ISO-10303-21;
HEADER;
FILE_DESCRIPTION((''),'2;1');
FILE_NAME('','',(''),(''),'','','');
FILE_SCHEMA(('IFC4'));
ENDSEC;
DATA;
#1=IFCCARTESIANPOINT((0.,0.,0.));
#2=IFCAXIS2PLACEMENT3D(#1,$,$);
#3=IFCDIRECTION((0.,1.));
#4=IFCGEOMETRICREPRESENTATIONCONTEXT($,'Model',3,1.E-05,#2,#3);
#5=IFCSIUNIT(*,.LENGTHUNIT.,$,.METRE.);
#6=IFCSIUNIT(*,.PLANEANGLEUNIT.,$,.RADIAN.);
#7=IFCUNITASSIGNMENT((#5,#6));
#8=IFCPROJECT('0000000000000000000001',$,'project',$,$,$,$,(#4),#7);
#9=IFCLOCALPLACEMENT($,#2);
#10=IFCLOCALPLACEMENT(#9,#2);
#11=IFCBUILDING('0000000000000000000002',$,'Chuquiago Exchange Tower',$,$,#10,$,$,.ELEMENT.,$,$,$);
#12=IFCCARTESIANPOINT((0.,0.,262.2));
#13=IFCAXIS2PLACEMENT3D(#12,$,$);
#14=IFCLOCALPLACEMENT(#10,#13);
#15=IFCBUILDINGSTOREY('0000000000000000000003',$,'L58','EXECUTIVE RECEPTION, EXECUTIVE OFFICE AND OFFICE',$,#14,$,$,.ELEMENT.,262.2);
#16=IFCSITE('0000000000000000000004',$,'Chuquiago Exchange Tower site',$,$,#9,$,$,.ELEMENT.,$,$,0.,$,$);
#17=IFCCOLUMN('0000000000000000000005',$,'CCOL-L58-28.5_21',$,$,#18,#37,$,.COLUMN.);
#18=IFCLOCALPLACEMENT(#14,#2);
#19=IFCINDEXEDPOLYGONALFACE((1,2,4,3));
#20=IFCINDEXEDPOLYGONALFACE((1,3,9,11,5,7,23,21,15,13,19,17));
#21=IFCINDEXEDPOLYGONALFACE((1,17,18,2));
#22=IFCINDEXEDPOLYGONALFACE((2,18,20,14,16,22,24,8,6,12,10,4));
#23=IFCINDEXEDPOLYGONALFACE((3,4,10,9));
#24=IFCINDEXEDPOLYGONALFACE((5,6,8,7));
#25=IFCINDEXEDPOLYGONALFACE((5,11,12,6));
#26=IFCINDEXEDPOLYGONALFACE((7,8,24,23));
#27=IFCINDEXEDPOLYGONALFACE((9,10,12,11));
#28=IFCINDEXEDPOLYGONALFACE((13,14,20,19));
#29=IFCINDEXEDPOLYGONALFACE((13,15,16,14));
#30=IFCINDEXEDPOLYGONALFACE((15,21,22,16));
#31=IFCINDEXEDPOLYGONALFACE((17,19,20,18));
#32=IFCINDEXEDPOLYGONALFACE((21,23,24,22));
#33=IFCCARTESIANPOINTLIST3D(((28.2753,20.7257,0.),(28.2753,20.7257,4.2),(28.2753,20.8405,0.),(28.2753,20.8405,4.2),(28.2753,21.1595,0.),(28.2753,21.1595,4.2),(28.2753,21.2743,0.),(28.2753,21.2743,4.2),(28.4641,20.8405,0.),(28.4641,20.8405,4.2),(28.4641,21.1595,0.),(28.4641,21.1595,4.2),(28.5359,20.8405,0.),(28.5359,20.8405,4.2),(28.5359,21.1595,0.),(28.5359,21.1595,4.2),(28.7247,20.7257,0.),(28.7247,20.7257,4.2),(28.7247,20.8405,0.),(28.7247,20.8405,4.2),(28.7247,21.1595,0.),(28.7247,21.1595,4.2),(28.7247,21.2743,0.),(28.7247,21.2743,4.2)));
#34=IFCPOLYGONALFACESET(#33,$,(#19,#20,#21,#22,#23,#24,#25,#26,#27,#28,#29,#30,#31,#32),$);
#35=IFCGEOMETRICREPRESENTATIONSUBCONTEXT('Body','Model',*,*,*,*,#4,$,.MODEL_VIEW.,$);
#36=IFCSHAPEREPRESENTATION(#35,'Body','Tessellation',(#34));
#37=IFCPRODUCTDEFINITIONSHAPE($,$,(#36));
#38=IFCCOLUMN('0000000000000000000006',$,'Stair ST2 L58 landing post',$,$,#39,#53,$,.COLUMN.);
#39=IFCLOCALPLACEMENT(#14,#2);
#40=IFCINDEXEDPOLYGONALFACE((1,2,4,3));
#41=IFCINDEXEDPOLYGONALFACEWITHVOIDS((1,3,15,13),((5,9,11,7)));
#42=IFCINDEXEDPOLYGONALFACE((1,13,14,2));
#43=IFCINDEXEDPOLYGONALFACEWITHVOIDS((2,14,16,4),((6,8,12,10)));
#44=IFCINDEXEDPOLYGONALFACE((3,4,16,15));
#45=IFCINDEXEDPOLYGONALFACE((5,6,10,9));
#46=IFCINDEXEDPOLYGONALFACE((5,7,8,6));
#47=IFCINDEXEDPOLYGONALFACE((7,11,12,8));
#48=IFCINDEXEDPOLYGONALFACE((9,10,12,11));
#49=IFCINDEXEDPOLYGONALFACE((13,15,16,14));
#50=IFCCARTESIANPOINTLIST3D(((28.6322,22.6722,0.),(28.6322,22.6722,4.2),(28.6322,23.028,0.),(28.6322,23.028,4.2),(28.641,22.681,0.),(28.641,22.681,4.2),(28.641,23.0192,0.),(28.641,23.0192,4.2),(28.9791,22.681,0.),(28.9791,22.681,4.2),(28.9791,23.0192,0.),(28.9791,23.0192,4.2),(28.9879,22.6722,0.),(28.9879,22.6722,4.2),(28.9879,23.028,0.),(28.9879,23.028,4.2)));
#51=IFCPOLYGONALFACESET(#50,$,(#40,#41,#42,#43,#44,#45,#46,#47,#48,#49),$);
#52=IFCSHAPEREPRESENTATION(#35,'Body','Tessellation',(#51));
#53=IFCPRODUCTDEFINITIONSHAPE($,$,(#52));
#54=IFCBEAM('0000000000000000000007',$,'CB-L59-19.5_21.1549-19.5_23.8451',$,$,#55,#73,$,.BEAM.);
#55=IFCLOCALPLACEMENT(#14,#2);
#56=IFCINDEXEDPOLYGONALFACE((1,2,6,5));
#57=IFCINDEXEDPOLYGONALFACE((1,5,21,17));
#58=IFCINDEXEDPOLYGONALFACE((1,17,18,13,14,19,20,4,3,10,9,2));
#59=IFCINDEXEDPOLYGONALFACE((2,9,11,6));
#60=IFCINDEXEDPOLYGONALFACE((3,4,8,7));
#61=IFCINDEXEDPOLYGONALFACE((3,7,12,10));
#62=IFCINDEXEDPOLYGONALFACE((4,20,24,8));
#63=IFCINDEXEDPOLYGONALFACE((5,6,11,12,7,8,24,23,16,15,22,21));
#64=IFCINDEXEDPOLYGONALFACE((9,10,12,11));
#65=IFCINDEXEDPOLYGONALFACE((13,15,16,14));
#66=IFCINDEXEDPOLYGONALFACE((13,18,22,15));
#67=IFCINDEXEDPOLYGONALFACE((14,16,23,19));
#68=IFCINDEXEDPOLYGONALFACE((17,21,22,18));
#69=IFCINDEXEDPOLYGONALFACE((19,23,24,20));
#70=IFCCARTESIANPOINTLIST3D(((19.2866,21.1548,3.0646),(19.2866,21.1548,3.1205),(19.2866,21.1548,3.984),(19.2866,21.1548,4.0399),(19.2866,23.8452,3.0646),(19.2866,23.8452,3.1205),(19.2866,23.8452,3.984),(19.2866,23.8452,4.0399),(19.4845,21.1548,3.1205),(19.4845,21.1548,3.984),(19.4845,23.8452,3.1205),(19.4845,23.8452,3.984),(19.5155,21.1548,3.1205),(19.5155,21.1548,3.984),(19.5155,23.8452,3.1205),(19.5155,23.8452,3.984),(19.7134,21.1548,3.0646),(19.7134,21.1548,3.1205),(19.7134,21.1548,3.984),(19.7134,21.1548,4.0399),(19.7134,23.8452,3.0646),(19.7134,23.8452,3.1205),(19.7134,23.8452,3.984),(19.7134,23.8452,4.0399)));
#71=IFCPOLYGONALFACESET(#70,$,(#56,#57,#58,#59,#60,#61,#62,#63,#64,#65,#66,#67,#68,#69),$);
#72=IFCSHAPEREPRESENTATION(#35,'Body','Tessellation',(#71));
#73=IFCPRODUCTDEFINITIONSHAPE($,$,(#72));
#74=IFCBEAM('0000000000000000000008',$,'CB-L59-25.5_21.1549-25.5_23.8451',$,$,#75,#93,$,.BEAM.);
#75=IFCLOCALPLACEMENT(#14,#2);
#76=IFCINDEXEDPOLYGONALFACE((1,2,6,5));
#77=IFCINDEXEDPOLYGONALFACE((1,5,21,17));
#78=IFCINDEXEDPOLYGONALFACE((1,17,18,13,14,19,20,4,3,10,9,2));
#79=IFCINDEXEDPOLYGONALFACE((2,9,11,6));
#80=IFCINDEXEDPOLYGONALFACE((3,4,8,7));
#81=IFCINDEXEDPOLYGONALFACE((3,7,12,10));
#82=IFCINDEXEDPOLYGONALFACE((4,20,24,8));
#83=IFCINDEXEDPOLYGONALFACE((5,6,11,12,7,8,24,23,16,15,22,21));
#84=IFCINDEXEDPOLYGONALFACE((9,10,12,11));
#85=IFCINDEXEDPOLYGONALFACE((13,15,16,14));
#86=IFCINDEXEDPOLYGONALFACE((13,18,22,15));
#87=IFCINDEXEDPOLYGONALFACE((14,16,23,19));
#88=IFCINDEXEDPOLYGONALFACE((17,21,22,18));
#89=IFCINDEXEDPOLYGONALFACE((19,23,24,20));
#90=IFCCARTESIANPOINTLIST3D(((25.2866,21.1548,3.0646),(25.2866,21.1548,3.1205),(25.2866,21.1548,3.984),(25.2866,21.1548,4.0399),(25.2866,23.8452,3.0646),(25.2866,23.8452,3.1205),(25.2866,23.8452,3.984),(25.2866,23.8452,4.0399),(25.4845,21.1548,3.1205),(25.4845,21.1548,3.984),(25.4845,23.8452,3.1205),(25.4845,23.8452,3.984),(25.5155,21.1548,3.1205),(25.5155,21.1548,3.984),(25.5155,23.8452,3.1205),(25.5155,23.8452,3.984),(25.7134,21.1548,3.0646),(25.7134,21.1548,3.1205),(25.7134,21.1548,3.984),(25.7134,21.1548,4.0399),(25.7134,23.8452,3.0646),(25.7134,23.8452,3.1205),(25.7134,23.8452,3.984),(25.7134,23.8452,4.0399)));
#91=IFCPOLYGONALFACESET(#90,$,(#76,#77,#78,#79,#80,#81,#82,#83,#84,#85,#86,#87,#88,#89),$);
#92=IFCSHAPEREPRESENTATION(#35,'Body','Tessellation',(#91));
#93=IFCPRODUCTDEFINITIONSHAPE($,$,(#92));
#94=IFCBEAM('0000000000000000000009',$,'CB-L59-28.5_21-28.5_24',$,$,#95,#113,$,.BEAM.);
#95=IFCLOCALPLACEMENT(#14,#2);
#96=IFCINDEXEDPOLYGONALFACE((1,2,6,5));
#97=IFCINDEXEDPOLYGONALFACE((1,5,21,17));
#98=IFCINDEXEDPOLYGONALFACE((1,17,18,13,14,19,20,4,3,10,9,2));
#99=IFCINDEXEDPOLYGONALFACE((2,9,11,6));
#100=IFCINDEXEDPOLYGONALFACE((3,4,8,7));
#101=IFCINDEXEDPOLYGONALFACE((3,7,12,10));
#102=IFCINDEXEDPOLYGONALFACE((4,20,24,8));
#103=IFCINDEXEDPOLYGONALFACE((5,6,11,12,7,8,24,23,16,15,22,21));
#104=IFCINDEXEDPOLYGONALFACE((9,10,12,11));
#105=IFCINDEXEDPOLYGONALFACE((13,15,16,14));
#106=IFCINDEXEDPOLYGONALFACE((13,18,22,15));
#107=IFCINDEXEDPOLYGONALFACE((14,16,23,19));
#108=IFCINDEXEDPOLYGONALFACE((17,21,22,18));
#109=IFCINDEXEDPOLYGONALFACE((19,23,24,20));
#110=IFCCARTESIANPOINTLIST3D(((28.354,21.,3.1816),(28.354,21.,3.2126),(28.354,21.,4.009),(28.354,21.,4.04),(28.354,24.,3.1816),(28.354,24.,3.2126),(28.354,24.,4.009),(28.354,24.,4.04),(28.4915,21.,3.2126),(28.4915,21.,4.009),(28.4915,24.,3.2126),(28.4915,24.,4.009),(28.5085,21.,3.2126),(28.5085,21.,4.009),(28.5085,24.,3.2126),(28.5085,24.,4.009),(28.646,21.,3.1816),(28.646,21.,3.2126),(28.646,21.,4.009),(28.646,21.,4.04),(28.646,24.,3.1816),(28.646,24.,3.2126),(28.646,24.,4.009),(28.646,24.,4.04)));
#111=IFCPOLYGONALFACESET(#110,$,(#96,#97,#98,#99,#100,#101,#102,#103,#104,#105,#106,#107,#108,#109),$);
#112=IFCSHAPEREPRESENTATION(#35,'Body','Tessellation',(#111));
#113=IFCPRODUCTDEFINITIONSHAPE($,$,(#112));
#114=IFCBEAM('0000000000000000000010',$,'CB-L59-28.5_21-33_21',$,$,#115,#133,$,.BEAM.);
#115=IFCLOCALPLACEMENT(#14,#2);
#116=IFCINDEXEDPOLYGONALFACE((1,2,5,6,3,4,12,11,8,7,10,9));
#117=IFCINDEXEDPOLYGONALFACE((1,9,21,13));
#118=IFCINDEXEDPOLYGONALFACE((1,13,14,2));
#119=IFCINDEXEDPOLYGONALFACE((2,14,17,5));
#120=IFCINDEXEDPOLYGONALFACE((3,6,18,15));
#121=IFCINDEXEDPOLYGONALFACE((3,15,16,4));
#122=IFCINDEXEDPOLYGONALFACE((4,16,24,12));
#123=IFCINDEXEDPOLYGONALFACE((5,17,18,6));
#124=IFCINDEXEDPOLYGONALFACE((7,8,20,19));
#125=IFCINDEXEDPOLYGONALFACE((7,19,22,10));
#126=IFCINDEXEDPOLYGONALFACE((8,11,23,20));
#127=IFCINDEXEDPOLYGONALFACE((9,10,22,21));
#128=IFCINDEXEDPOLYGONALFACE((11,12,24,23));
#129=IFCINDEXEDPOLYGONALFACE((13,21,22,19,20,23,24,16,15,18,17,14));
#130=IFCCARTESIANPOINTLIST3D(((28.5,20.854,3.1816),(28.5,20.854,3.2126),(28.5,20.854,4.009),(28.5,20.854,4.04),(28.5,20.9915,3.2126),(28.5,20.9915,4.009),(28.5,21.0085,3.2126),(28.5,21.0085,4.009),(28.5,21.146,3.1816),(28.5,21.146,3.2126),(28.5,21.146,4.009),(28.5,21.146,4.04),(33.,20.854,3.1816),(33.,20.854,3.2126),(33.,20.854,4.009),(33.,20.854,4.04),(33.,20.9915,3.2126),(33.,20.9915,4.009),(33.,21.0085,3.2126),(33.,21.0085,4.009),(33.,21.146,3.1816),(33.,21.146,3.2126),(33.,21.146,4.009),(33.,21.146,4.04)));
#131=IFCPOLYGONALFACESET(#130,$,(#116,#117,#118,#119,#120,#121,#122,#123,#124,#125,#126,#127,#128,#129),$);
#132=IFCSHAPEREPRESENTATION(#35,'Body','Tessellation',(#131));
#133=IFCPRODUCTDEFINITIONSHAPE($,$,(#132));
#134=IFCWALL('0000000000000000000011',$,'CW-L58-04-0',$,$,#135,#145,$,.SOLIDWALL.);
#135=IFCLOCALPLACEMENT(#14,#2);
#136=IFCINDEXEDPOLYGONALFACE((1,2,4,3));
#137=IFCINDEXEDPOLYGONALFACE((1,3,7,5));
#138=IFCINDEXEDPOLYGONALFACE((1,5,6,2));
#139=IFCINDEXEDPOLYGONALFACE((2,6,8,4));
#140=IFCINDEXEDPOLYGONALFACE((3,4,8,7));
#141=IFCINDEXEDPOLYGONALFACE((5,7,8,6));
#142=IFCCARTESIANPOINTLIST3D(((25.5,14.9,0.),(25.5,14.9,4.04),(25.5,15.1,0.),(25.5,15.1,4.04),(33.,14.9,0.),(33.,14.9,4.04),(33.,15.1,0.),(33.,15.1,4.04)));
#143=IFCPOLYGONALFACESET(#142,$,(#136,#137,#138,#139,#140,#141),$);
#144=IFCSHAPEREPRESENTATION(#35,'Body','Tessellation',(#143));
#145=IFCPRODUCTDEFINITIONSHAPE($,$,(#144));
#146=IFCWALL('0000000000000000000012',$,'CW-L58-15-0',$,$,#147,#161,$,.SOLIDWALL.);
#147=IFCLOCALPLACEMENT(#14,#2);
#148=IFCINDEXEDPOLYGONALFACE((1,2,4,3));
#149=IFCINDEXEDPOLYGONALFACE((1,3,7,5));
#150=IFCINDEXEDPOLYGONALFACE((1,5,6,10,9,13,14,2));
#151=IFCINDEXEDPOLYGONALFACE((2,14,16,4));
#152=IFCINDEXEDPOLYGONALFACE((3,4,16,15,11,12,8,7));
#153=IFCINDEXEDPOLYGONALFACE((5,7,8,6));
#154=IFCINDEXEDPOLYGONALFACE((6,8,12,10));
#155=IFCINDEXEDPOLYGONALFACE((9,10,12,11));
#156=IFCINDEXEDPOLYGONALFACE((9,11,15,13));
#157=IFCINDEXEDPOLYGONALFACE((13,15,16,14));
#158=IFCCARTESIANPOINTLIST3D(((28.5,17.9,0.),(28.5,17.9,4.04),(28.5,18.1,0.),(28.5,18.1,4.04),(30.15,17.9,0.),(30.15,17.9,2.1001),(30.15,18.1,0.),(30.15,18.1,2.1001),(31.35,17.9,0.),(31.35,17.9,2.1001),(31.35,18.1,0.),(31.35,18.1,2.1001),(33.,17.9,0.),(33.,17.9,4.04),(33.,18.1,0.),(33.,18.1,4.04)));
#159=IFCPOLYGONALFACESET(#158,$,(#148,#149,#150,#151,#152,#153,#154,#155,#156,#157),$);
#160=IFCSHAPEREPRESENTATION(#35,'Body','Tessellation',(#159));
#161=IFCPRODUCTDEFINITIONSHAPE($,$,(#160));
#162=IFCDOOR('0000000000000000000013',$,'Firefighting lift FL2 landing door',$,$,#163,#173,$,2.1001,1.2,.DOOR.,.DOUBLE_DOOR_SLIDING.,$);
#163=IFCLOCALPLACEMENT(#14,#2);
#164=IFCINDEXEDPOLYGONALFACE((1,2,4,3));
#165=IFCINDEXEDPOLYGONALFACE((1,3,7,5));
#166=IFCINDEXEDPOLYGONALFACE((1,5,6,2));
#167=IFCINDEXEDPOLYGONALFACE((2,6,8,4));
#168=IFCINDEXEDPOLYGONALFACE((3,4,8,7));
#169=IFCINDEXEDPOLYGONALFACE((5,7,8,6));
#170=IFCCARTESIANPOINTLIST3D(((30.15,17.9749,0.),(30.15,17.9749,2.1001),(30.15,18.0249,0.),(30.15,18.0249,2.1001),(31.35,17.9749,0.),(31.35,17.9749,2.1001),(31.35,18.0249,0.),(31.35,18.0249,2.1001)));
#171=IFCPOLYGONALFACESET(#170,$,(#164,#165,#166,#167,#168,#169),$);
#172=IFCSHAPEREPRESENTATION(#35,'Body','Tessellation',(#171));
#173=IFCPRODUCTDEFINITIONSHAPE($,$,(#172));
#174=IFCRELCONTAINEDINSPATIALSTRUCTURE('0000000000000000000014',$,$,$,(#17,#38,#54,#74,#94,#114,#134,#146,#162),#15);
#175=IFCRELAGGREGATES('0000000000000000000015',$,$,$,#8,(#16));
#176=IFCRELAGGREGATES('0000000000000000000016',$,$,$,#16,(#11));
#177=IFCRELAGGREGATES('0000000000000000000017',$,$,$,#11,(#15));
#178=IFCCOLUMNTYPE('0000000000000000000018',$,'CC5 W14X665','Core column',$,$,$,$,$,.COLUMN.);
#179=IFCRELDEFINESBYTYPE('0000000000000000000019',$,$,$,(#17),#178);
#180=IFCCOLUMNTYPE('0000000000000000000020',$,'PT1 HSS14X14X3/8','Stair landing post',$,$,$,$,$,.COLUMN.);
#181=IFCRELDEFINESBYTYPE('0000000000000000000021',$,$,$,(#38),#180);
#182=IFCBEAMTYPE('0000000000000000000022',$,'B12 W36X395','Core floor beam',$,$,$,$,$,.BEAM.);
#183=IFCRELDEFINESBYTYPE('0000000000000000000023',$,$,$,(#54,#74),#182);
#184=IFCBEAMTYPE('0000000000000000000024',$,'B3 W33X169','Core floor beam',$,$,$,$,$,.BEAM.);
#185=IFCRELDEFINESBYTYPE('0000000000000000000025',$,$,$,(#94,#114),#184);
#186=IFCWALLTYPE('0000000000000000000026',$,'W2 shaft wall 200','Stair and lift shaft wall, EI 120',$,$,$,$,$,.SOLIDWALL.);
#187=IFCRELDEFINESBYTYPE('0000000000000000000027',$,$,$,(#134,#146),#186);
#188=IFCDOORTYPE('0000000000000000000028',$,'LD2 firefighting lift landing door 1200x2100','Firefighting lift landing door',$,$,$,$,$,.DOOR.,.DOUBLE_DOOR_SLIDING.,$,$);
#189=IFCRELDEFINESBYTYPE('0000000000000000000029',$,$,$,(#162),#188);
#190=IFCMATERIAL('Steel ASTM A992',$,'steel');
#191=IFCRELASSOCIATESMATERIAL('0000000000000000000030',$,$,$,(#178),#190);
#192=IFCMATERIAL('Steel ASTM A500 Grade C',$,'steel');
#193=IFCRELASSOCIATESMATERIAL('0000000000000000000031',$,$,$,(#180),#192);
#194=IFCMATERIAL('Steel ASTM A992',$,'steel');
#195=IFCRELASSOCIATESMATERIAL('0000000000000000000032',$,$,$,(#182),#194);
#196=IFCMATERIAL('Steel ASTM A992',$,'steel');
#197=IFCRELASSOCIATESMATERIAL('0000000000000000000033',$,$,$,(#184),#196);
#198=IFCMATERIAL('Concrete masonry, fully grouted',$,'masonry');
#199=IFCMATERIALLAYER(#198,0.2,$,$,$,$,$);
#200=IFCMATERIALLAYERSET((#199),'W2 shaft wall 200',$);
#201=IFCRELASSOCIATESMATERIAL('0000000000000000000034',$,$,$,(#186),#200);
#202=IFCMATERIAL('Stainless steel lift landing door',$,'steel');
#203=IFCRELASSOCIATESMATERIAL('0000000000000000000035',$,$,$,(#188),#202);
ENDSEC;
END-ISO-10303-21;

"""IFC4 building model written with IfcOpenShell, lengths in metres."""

from ifc_helpers import new_model, si_unit, direction, frame, frame_2d, origin, origin_2d, place, context, subcontext, project, spatial, rectangle, hollow_rectangle, i_section, extrude, material, layer, layer_set, material_profile, profile_set, type_object, element, fill, save


model = new_model("IFC4")

# Units and contexts
model_context = context("Model", 3, precision=1e-05, world=origin(), true_north=direction((0.0, 1.0)))
body_context = subcontext(model_context, "Body", "Model", "MODEL_VIEW")
ifc_project = project(units=[si_unit("LENGTHUNIT", "METRE"), si_unit("PLANEANGLEUNIT", "RADIAN")], contexts=[model_context])

# Site, building, storey
site_placement = place(None, origin())
site = spatial("IfcSite", under=ifc_project, at=site_placement, Name="Chuquiago Exchange Tower site", CompositionType="ELEMENT", RefElevation=0.0)
building_placement = place(site_placement, origin())
building = spatial("IfcBuilding", under=site, at=building_placement, Name="Chuquiago Exchange Tower", CompositionType="ELEMENT")
storey_placement = place(building_placement, frame((0.0, 0.0, 262.2)))
storey = spatial("IfcBuildingStorey", under=building, at=storey_placement, Name="L58", Description="EXECUTIVE RECEPTION, EXECUTIVE OFFICE AND OFFICE", CompositionType="ELEMENT", Elevation=262.2)

# Columns
ifc_material_1 = material(Name="Steel ASTM A992", Category="steel")
ifc_material_profile_1 = material_profile(ifc_material_1, i_section(OverallWidth=0.4495, OverallDepth=0.5486, WebThickness=0.0718, FlangeThickness=0.1147, at=origin_2d()), Name="W14X665")
ifc_profile_set_1 = profile_set([ifc_material_profile_1], Name="Steel ASTM A992")
column_type_1 = type_object("IfcColumnType", Name="CC5 W14X665", Description="Core column", PredefinedType="COLUMN", material=ifc_profile_set_1)
column_1_placement = place(storey_placement, frame((28.5, 21.0, 0.0), z_axis=(0.0, 0.0, 1.0), x_axis=(1.0, 0.0, 0.0)))
element("IfcColumn", 1, at=column_1_placement, inside=storey, type_object=column_type_1, Name="CCOL-L58-28.5_21", PredefinedType="COLUMN", context=body_context, shape_type="SweptSolid", body=[
    extrude(i_section(OverallWidth=0.4495, OverallDepth=0.5486, WebThickness=0.0718, FlangeThickness=0.1147, at=origin_2d()), origin(), (0.0, 0.0, 1.0), 4.2),
])
ifc_material_2 = material(Name="Steel ASTM A500 Grade C", Category="steel")
ifc_material_profile_2 = material_profile(ifc_material_2, hollow_rectangle(XDim=0.3557, YDim=0.3557, WallThickness=0.0088, at=origin_2d()), Name="HSS14X14X3/8")
ifc_profile_set_2 = profile_set([ifc_material_profile_2], Name="Steel ASTM A500 Grade C")
column_type_2 = type_object("IfcColumnType", Name="PT1 HSS14X14X3/8", Description="Stair landing post", PredefinedType="COLUMN", material=ifc_profile_set_2)
column_2_placement = place(storey_placement, frame((28.8101, 22.8501, 0.0), z_axis=(0.0, 0.0, 1.0), x_axis=(1.0, 0.0, 0.0)))
element("IfcColumn", 2, at=column_2_placement, inside=storey, type_object=column_type_2, Name="Stair ST2 L58 landing post", PredefinedType="COLUMN", context=body_context, shape_type="SweptSolid", body=[
    extrude(hollow_rectangle(XDim=0.3557, YDim=0.3557, WallThickness=0.0088, at=origin_2d()), origin(), (0.0, 0.0, 1.0), 4.2),
])

# Beams
ifc_material_3 = material(Name="Steel ASTM A992", Category="steel")
ifc_material_profile_3 = material_profile(ifc_material_3, i_section(OverallWidth=0.4268, OverallDepth=0.9753, WebThickness=0.031, FlangeThickness=0.0559, at=origin_2d()), Name="W36X395")
ifc_profile_set_3 = profile_set([ifc_material_profile_3], Name="Steel ASTM A992")
beam_type_1 = type_object("IfcBeamType", Name="B12 W36X395", Description="Core floor beam", PredefinedType="BEAM", material=ifc_profile_set_3)
for number, where, z_axis, x_axis, name in (
    (3, (19.5, 21.1548, 3.5522), (0.0, 1.0, 0.0), (-1.0, 0.0, 0.0), "CB-L59-19.5_21.1549-19.5_23.8451"),
    (4, (25.5, 21.1548, 3.5522), (0.0, 1.0, 0.0), (-1.0, 0.0, 0.0), "CB-L59-25.5_21.1549-25.5_23.8451"),
):
    element("IfcBeam", number, at=place(storey_placement, frame(where, z_axis=z_axis, x_axis=x_axis)), inside=storey, type_object=beam_type_1, Name=name, PredefinedType="BEAM", context=body_context, shape_type="SweptSolid", body=[
        extrude(i_section(OverallWidth=0.4268, OverallDepth=0.9753, WebThickness=0.031, FlangeThickness=0.0559, at=origin_2d()), origin(), (0.0, 0.0, 1.0), 2.6904),
    ])
ifc_material_4 = material(Name="Steel ASTM A992", Category="steel")
ifc_material_profile_4 = material_profile(ifc_material_4, i_section(OverallWidth=0.292, OverallDepth=0.8584, WebThickness=0.0171, FlangeThickness=0.031, at=origin_2d()), Name="W33X169")
ifc_profile_set_4 = profile_set([ifc_material_profile_4], Name="Steel ASTM A992")
beam_type_2 = type_object("IfcBeamType", Name="B3 W33X169", Description="Core floor beam", PredefinedType="BEAM", material=ifc_profile_set_4)
beam_1_placement = place(storey_placement, frame((28.5, 21.0, 3.6108), z_axis=(0.0, 1.0, 0.0), x_axis=(-1.0, 0.0, 0.0)))
element("IfcBeam", 5, at=beam_1_placement, inside=storey, type_object=beam_type_2, Name="CB-L59-28.5_21-28.5_24", PredefinedType="BEAM", context=body_context, shape_type="SweptSolid", body=[
    extrude(i_section(OverallWidth=0.292, OverallDepth=0.8584, WebThickness=0.0171, FlangeThickness=0.031, at=origin_2d()), origin(), (0.0, 0.0, 1.0), 3.0),
])
beam_2_placement = place(storey_placement, frame((28.5, 21.0, 3.6108), z_axis=(1.0, 0.0, 0.0), x_axis=(0.0, 1.0, 0.0)))
element("IfcBeam", 6, at=beam_2_placement, inside=storey, type_object=beam_type_2, Name="CB-L59-28.5_21-33_21", PredefinedType="BEAM", context=body_context, shape_type="SweptSolid", body=[
    extrude(i_section(OverallWidth=0.292, OverallDepth=0.8584, WebThickness=0.0171, FlangeThickness=0.031, at=origin_2d()), origin(), (0.0, 0.0, 1.0), 4.5),
])

# Wall
ifc_material_5 = material(Name="Concrete masonry, fully grouted", Category="masonry")
ifc_layer_1 = layer(ifc_material_5, 0.2)
ifc_layer_set_1 = layer_set([ifc_layer_1], Name="W2 shaft wall 200")
wall_type_1 = type_object("IfcWallType", Name="W2 shaft wall 200", Description="Stair and lift shaft wall, EI 120", PredefinedType="SOLIDWALL", material=ifc_layer_set_1)
wall_1_placement = place(storey_placement, frame((25.5, 15.0, 0.0), z_axis=(0.0, 0.0, 1.0), x_axis=(1.0, 0.0, 0.0)))
element("IfcWall", 7, at=wall_1_placement, inside=storey, type_object=wall_type_1, Name="CW-L58-04-0", PredefinedType="SOLIDWALL", context=body_context, shape_type="SweptSolid", body=[
    extrude(rectangle(XDim=7.5, YDim=0.2, at=frame_2d((3.75, 0.0))), origin(), (0.0, 0.0, 1.0), 4.04),
])

# Wall, opening, door
wall_2_placement = place(storey_placement, frame((28.5, 18.0, 0.0), z_axis=(0.0, 0.0, 1.0), x_axis=(1.0, 0.0, 0.0)))
wall_2 = element("IfcWall", 8, at=wall_2_placement, inside=storey, type_object=wall_type_1, Name="CW-L58-15-0", PredefinedType="SOLIDWALL", context=body_context, shape_type="SweptSolid", body=[
    extrude(rectangle(XDim=4.5, YDim=0.2, at=frame_2d((2.25, 0.0))), origin(), (0.0, 0.0, 1.0), 4.04),
])
opening_1_placement = place(wall_2_placement, frame((1.6499, 0.0, 0.0)))
opening_1 = element("IfcOpeningElement", 9, at=opening_1_placement, cuts=wall_2, PredefinedType="OPENING", context=body_context, shape_type="SweptSolid", body=[
    extrude(rectangle(XDim=1.2, YDim=2.1001, at=frame_2d((0.6001, 1.05))), frame((0.0, 0.1099, 0.0), z_axis=(0.0, -1.0, 0.0), x_axis=(1.0, 0.0, 0.0)), (0.0, 0.0, 1.0), 0.22),
])
ifc_material_6 = material(Name="Stainless steel lift landing door", Category="steel")
door_type_1 = type_object("IfcDoorType", Name="LD2 firefighting lift landing door 1200x2100", Description="Firefighting lift landing door", OperationType="DOUBLE_DOOR_SLIDING", PredefinedType="DOOR", material=ifc_material_6)
door_1_placement = place(opening_1_placement, origin())
door_1 = element("IfcDoor", 10, at=door_1_placement, inside=storey, type_object=door_type_1, Name="Firefighting lift FL2 landing door", OperationType="DOUBLE_DOOR_SLIDING", OverallHeight=2.1001, OverallWidth=1.2, PredefinedType="DOOR", context=body_context, shape_type="SweptSolid", body=[
    extrude(rectangle(XDim=1.2, YDim=2.1001, at=frame_2d((0.6001, 1.05))), frame((0.0, 0.0249, 0.0), z_axis=(0.0, -1.0, 0.0), x_axis=(1.0, 0.0, 0.0)), (0.0, 0.0, 1.0), 0.05),
])
fill(opening_1, door_1)

save(model, "model.ifc")
